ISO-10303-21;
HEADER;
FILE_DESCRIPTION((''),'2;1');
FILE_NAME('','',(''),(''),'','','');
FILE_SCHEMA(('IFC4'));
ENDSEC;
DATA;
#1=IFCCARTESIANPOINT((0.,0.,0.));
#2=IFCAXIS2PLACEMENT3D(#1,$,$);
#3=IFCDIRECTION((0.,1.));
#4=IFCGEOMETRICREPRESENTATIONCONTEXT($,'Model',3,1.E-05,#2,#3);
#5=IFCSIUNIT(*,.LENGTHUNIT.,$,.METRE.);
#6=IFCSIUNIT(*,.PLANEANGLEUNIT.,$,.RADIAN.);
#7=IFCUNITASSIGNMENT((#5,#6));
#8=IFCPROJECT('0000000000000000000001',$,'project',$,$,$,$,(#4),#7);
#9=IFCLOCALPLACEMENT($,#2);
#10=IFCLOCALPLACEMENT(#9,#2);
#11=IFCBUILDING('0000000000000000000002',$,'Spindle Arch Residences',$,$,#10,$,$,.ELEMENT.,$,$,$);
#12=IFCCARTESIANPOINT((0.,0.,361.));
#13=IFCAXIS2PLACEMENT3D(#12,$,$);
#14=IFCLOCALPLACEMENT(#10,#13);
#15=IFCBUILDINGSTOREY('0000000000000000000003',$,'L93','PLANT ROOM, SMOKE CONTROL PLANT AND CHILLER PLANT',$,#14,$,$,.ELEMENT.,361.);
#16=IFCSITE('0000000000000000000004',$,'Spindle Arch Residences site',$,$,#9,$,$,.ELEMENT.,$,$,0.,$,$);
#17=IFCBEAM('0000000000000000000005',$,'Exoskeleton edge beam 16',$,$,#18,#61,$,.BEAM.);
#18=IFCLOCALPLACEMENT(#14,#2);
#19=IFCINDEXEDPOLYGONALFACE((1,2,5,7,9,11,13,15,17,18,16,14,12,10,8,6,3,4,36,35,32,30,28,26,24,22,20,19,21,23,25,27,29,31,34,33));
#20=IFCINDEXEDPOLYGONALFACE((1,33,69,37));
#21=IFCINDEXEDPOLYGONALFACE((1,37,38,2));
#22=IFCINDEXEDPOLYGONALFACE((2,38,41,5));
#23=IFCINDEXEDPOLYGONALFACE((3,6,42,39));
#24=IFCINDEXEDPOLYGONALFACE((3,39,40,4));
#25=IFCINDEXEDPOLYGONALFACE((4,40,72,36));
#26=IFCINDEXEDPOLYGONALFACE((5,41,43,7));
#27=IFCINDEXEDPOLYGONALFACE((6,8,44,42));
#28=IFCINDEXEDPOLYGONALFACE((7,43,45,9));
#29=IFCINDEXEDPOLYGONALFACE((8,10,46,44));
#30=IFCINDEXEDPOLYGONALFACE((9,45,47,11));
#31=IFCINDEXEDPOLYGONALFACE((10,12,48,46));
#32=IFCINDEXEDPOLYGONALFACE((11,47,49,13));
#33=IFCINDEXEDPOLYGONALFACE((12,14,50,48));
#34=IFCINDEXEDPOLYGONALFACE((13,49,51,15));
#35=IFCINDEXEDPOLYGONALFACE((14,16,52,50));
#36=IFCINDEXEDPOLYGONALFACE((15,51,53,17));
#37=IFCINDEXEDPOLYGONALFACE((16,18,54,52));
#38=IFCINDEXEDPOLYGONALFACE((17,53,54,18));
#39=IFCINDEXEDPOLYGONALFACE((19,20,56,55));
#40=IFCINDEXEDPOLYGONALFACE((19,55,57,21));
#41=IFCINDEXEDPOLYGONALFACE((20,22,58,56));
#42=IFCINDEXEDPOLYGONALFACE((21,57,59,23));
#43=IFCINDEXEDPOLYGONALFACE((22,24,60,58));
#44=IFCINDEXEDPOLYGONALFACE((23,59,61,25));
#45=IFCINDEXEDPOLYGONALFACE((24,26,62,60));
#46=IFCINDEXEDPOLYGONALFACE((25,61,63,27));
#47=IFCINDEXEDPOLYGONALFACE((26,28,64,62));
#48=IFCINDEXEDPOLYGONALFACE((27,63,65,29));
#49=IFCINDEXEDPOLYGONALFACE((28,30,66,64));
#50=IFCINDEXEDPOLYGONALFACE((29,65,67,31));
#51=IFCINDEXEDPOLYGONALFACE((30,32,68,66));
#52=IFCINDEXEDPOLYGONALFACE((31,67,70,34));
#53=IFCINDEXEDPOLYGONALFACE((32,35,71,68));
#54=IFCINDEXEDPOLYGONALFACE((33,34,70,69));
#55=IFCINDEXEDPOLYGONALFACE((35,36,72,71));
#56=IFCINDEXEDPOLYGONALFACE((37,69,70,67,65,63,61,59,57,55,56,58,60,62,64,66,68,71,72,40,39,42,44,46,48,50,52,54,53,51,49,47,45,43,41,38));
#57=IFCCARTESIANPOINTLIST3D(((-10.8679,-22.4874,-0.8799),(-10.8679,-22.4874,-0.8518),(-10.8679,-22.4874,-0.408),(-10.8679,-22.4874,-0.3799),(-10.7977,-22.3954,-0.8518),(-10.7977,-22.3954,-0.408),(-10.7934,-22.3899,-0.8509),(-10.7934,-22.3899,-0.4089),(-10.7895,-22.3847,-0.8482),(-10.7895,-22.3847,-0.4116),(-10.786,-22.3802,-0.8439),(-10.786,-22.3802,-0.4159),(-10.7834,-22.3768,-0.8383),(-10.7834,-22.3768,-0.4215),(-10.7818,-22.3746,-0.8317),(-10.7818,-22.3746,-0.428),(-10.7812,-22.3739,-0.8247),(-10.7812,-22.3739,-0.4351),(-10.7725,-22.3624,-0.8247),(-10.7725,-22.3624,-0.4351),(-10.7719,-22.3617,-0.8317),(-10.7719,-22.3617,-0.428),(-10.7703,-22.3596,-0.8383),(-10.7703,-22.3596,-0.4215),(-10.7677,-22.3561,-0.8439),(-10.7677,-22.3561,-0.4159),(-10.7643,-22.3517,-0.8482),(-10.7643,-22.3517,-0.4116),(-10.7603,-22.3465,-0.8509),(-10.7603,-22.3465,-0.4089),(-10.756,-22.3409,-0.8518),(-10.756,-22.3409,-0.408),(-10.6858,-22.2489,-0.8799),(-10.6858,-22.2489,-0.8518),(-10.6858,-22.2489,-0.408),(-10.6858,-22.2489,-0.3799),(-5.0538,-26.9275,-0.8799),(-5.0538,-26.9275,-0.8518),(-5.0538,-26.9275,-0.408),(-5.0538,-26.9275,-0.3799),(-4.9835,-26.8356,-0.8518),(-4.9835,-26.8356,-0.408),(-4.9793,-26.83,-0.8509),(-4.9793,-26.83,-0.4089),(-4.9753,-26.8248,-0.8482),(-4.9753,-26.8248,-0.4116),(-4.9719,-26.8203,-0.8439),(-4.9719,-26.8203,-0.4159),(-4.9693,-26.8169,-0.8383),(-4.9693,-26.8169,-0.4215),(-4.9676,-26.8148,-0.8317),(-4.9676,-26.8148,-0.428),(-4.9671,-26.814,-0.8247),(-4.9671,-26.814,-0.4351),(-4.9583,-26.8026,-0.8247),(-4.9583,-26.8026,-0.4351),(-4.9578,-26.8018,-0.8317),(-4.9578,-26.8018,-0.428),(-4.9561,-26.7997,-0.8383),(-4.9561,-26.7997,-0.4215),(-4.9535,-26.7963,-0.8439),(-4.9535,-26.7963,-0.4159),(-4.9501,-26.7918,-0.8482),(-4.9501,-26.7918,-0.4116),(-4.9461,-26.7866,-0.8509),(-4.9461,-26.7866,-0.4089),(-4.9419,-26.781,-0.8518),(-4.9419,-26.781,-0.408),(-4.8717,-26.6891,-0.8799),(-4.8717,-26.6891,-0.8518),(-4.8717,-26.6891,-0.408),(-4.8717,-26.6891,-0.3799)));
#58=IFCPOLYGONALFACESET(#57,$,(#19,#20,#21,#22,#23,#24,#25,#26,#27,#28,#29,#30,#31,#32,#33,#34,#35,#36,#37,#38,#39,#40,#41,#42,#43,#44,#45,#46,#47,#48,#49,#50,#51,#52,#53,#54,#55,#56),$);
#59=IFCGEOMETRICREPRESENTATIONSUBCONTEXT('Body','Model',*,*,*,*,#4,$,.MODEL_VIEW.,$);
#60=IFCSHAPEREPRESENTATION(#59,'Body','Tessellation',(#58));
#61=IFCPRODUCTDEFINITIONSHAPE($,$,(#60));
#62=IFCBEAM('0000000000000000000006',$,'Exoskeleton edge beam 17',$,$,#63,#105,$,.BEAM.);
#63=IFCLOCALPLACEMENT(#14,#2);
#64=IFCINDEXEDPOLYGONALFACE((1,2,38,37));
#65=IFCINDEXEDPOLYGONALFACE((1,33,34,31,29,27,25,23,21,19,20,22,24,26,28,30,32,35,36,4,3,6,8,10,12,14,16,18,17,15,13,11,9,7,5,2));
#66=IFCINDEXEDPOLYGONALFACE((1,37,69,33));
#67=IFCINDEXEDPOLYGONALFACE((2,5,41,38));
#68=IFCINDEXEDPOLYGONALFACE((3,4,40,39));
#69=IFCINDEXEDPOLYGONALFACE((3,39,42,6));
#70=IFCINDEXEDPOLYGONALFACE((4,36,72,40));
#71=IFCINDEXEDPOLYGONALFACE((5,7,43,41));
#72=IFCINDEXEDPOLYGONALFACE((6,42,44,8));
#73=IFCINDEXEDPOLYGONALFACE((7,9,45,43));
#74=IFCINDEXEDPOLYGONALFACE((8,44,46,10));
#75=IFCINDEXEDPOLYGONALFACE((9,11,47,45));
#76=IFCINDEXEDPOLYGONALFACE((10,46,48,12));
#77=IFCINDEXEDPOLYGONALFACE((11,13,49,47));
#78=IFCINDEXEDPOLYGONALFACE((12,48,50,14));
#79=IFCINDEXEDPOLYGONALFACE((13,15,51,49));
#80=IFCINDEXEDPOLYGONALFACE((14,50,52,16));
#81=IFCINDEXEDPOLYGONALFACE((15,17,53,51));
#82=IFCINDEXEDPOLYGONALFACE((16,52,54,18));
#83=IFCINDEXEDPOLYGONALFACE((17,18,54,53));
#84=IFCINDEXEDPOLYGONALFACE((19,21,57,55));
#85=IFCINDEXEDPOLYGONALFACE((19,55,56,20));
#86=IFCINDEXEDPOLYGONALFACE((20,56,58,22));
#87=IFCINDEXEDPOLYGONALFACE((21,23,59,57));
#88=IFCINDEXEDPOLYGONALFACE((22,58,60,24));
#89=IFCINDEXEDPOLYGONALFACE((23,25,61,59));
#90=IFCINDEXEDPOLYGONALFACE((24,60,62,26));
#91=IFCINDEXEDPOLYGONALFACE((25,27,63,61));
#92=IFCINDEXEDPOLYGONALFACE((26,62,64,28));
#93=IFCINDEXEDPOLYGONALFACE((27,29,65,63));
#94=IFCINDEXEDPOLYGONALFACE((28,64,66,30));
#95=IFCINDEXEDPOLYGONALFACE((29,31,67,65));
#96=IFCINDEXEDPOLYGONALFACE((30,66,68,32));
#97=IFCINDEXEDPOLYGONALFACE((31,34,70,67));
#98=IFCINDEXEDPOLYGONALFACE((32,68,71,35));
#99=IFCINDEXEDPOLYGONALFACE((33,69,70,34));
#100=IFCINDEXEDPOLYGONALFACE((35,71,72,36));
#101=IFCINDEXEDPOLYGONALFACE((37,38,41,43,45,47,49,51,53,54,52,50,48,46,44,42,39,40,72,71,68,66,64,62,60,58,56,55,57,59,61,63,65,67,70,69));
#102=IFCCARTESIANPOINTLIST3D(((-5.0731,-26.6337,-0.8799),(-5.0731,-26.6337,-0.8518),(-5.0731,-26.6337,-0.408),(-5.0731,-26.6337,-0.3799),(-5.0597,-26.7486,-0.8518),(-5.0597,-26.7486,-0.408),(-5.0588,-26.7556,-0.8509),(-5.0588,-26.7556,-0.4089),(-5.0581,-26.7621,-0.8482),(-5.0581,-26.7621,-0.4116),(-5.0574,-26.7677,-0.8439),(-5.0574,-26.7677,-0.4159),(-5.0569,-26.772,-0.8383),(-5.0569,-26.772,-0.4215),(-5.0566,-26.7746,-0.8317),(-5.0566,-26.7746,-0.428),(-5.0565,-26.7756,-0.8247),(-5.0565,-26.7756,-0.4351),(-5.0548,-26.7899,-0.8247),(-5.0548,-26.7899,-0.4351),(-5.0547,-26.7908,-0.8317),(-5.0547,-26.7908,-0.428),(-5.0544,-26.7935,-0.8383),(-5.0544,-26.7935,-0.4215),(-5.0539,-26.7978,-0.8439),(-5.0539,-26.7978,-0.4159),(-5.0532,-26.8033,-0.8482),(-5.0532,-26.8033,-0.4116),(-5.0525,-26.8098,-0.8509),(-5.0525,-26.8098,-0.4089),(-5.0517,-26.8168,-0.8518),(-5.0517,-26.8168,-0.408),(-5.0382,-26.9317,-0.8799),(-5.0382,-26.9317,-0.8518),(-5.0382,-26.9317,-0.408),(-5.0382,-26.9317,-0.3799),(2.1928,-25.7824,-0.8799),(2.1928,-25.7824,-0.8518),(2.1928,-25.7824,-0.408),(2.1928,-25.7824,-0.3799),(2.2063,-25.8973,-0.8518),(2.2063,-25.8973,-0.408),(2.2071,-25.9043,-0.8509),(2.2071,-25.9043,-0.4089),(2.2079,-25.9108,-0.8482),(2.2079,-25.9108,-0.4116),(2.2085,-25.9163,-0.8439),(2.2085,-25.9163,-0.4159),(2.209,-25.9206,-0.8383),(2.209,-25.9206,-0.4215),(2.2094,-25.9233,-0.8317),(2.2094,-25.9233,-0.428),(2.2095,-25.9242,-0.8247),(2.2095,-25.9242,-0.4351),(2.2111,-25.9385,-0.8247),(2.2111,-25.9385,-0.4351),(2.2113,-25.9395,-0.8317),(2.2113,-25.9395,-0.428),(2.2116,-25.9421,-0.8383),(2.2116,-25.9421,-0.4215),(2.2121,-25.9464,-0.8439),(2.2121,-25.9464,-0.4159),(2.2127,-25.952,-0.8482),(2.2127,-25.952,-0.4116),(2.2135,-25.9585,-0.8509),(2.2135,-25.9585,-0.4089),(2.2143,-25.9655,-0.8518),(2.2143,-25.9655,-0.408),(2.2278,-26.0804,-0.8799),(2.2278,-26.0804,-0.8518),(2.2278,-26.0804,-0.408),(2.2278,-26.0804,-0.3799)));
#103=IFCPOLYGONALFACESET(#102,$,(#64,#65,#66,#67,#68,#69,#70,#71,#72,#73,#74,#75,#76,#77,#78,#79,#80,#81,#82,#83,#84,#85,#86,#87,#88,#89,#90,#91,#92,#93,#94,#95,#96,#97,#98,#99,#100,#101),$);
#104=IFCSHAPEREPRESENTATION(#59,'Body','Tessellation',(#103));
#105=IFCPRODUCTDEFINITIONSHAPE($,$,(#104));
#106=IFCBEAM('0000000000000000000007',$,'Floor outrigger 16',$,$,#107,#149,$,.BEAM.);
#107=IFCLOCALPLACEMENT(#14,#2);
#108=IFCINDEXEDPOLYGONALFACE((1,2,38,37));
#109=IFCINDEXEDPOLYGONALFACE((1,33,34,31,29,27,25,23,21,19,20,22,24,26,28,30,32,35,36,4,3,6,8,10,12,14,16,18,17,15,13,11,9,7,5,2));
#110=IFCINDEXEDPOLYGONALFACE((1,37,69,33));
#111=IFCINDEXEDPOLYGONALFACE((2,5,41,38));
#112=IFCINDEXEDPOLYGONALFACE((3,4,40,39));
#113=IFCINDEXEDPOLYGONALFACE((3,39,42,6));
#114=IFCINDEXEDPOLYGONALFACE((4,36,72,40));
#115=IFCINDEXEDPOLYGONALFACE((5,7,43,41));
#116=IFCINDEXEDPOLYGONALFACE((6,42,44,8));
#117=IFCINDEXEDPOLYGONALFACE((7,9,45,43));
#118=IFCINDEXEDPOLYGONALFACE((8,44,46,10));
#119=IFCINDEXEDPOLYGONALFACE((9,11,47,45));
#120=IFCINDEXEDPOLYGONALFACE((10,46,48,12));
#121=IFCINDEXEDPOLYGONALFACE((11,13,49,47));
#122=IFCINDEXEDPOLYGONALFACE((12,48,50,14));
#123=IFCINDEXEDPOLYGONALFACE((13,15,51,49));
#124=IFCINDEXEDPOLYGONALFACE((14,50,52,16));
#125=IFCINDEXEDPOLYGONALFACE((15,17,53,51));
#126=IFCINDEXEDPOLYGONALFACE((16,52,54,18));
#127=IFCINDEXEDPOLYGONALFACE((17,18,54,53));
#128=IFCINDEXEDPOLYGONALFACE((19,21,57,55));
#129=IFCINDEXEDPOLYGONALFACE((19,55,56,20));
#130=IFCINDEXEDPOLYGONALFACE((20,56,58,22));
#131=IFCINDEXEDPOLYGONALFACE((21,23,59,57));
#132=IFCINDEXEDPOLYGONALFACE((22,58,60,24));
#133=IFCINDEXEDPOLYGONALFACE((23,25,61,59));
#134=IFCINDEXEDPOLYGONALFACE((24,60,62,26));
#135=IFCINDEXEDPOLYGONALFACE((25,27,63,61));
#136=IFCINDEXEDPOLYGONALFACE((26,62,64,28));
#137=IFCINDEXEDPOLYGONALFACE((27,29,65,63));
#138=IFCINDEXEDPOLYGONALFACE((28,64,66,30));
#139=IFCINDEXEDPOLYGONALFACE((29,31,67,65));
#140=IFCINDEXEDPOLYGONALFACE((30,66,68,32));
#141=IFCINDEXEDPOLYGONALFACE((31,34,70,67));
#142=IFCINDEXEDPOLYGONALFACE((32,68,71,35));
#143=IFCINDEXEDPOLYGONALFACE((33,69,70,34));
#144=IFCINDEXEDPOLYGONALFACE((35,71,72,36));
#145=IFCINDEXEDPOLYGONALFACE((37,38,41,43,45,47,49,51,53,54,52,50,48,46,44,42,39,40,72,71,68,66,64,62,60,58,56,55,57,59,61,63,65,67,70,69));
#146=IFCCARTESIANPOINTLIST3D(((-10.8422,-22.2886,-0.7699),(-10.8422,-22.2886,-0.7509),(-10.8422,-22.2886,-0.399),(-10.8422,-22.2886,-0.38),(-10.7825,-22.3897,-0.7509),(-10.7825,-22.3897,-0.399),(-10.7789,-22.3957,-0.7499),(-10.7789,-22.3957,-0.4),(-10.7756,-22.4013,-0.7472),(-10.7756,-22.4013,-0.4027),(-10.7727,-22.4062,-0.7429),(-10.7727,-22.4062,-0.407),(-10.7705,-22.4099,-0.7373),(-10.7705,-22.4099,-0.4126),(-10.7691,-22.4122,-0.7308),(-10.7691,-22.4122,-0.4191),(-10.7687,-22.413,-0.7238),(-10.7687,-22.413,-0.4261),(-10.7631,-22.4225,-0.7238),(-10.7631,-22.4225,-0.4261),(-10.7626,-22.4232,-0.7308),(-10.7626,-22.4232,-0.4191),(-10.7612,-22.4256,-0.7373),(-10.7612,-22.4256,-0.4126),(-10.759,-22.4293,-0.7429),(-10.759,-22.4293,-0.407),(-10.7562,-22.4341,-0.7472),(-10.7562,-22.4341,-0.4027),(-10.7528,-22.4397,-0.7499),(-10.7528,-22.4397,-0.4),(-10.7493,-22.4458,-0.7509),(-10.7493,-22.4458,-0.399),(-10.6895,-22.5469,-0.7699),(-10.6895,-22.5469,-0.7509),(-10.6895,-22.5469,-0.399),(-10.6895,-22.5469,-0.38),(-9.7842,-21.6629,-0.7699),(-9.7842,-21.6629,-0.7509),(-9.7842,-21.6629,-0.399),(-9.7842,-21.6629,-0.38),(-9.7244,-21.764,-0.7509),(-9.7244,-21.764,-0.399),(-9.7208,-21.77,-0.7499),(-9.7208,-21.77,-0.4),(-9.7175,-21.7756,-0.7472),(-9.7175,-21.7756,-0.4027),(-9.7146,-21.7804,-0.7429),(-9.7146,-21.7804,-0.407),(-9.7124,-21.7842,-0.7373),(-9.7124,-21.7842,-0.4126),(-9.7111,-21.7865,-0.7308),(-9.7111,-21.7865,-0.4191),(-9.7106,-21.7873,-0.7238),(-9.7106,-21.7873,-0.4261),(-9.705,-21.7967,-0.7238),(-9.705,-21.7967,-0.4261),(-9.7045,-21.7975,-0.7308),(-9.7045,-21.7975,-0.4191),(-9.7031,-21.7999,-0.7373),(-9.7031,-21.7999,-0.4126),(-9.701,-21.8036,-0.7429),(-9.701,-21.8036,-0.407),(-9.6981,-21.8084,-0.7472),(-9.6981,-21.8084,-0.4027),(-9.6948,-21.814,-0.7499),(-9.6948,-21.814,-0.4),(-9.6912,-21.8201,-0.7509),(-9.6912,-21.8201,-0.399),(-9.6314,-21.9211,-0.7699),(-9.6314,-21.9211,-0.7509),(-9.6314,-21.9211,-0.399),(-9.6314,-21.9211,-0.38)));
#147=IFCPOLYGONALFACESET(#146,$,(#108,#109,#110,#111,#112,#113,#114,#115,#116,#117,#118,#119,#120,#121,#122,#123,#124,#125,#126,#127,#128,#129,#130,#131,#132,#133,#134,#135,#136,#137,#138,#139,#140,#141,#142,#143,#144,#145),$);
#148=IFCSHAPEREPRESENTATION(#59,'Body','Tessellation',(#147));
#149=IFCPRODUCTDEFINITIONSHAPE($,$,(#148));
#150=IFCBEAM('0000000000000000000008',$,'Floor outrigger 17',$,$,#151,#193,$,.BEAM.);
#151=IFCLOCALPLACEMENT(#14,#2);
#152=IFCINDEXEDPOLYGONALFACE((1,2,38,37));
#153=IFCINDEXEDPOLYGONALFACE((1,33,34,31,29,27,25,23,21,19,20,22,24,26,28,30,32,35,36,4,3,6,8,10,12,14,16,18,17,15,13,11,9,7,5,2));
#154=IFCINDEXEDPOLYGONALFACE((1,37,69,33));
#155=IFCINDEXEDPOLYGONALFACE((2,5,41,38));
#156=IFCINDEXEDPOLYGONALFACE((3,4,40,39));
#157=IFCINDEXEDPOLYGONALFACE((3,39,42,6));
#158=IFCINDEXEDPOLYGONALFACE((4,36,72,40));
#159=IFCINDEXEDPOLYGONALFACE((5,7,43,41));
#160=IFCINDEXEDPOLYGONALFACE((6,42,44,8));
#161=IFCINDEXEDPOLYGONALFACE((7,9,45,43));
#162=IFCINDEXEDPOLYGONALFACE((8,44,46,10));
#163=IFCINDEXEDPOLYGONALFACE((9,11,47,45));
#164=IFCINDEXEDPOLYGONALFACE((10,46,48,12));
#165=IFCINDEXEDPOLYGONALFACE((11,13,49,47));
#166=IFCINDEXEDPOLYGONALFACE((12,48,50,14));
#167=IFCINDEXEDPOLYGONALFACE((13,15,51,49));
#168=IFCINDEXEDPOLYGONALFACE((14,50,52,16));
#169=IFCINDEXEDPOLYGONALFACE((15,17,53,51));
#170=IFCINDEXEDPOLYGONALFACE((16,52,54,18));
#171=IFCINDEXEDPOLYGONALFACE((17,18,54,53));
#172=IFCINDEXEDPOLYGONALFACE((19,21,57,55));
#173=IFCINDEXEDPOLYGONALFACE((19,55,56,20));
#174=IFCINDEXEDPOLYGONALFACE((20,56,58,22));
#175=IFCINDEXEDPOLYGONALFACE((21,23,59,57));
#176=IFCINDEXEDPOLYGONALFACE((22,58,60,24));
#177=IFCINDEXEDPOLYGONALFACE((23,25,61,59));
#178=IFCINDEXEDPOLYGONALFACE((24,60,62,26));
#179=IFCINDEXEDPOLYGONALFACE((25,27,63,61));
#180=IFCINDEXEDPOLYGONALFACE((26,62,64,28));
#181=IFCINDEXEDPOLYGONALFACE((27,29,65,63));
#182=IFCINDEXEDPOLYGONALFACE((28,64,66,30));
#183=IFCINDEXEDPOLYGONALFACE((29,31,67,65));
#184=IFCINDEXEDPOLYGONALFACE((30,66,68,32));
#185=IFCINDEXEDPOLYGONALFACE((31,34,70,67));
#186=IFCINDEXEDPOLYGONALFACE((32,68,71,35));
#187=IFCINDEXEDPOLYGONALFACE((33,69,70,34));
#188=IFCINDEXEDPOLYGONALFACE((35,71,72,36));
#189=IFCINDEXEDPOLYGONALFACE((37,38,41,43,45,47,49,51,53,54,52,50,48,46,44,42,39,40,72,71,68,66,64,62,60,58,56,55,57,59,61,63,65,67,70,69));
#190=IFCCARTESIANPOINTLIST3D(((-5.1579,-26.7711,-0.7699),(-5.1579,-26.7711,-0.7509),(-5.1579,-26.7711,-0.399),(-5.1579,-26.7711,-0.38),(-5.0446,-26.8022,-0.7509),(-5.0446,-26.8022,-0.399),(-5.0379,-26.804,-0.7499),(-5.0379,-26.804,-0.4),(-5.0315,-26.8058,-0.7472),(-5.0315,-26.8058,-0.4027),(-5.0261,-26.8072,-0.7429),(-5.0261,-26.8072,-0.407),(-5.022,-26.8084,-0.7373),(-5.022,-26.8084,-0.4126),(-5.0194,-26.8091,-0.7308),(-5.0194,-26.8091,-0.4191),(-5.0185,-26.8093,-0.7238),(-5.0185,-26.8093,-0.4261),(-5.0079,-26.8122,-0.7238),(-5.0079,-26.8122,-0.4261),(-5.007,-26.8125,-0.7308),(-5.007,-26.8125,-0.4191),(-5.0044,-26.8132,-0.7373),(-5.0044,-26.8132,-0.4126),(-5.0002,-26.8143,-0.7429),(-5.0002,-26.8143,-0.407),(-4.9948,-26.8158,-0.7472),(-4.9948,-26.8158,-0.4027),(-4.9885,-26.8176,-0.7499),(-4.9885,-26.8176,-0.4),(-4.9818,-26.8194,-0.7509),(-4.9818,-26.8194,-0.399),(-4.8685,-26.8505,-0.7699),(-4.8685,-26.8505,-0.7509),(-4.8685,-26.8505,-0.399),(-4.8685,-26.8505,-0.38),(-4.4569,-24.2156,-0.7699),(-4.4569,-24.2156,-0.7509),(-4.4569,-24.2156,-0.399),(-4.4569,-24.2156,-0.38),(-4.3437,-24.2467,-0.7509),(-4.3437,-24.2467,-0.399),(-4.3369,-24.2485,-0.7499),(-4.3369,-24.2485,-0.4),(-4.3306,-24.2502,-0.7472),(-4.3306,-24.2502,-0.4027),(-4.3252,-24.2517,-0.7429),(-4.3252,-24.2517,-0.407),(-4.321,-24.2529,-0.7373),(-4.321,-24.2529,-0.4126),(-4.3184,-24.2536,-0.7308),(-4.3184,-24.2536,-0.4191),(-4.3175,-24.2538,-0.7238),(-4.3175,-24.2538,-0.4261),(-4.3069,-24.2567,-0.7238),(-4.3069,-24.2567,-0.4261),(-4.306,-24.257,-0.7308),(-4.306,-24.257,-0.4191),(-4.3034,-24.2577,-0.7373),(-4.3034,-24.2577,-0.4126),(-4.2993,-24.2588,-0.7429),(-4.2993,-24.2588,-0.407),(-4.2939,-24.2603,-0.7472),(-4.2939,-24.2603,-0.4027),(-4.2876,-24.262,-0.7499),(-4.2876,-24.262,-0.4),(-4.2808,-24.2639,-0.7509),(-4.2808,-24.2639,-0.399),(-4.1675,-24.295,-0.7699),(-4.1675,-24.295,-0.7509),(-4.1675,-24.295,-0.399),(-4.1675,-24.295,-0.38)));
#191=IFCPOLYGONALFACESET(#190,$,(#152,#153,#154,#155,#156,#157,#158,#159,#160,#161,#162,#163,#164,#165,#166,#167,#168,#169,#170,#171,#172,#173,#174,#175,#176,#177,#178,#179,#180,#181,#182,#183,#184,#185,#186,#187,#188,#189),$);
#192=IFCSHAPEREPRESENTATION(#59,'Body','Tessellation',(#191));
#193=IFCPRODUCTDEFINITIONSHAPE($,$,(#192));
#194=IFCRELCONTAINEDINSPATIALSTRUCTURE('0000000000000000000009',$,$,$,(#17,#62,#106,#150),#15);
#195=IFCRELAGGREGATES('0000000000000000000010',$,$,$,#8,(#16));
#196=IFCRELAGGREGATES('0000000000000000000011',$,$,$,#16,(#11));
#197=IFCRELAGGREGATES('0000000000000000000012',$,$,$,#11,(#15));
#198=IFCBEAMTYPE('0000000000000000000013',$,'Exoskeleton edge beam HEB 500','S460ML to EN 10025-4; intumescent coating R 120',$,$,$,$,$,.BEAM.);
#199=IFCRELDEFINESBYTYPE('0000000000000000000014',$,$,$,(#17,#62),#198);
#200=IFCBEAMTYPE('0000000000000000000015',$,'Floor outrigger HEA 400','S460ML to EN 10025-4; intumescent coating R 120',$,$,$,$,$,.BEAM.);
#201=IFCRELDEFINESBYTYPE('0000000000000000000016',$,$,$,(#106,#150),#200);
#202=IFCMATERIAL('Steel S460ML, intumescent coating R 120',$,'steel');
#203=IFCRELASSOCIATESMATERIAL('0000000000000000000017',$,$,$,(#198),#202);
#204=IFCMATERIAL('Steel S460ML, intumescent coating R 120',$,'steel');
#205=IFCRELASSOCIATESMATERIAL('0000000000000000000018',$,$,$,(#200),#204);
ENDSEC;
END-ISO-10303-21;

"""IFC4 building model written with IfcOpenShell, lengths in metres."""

from ifc_helpers import new_model, si_unit, direction, frame, origin, origin_2d, place, context, subcontext, project, spatial, i_section, extrude, material, material_profile, profile_set, type_object, element, save


model = new_model("IFC4")

# Units and contexts
model_context = context("Model", 3, precision=1e-05, world=origin(), true_north=direction((0.0, 1.0)))
body_context = subcontext(model_context, "Body", "Model", "MODEL_VIEW")
ifc_project = project(units=[si_unit("LENGTHUNIT", "METRE"), si_unit("PLANEANGLEUNIT", "RADIAN")], contexts=[model_context])

# Site, building, storey
site_placement = place(None, origin())
site = spatial("IfcSite", under=ifc_project, at=site_placement, Name="Spindle Arch Residences site", CompositionType="ELEMENT", RefElevation=0.0)
building_placement = place(site_placement, origin())
building = spatial("IfcBuilding", under=site, at=building_placement, Name="Spindle Arch Residences", CompositionType="ELEMENT")
storey_placement = place(building_placement, frame((0.0, 0.0, 361.0)))
storey = spatial("IfcBuildingStorey", under=building, at=storey_placement, Name="L93", Description="PLANT ROOM, SMOKE CONTROL PLANT AND CHILLER PLANT", CompositionType="ELEMENT", Elevation=361.0)

# Beams
ifc_material_1 = material(Name="Steel S460ML, intumescent coating R 120", Category="steel")
ifc_material_profile_1 = material_profile(ifc_material_1, i_section(OverallWidth=0.3, OverallDepth=0.5, WebThickness=0.0144, FlangeThickness=0.0281, FilletRadius=0.0271, at=origin_2d()), Name="HEB 500")
ifc_profile_set_1 = profile_set([ifc_material_profile_1], Name="Steel S460ML, intumescent coating R 120")
beam_type_1 = type_object("IfcBeamType", Name="Exoskeleton edge beam HEB 500", Description="S460ML to EN 10025-4; intumescent coating R 120", PredefinedType="BEAM", material=ifc_profile_set_1)
for number, where, z_axis, x_axis, name in (
    (1, (-10.7769, -22.3682, -0.6299), (0.794752, -0.606935, 0.0), (0.606935, 0.794752, 0.0), "Exoskeleton edge beam 16"),
    (2, (-5.0557, -26.7827, -0.6299), (0.993206, 0.116371, 0.0), (-0.116371, 0.993206, 0.0), "Exoskeleton edge beam 17"),
):
    element("IfcBeam", number, at=place(storey_placement, frame(where, z_axis=z_axis, x_axis=x_axis)), inside=storey, type_object=beam_type_1, Name=name, PredefinedType="BEAM", context=body_context, shape_type="SweptSolid", body=[
        extrude(i_section(OverallWidth=0.3, OverallDepth=0.5, WebThickness=0.0144, FlangeThickness=0.0281, FilletRadius=0.0271, at=origin_2d()), origin(), (0.0, 0.0, 1.0), 7.3157),
    ])
ifc_material_2 = material(Name="Steel S460ML, intumescent coating R 120", Category="steel")
ifc_material_profile_2 = material_profile(ifc_material_2, i_section(OverallWidth=0.3, OverallDepth=0.3899, WebThickness=0.011, FlangeThickness=0.019, FilletRadius=0.0271, at=origin_2d()), Name="HEA 400")
ifc_profile_set_2 = profile_set([ifc_material_profile_2], Name="Steel S460ML, intumescent coating R 120")
beam_type_2 = type_object("IfcBeamType", Name="Floor outrigger HEA 400", Description="S460ML to EN 10025-4; intumescent coating R 120", PredefinedType="BEAM", material=ifc_profile_set_2)
beam_1_placement = place(storey_placement, frame((-10.7659, -22.4177, -0.575), z_axis=(0.860753, 0.509024, 0.0), x_axis=(-0.509024, 0.860753, 0.0)))
element("IfcBeam", 3, at=beam_1_placement, inside=storey, type_object=beam_type_2, Name="Floor outrigger 16", PredefinedType="BEAM", context=body_context, shape_type="SweptSolid", body=[
    extrude(i_section(OverallWidth=0.3, OverallDepth=0.3899, WebThickness=0.011, FlangeThickness=0.019, FilletRadius=0.0271, at=origin_2d()), origin(), (0.0, 0.0, 1.0), 1.2292),
])
beam_2_placement = place(storey_placement, frame((-5.0132, -26.8108, -0.575), z_axis=(0.26452, 0.96438, 0.0), x_axis=(-0.96438, 0.26452, 0.0)))
element("IfcBeam", 4, at=beam_2_placement, inside=storey, type_object=beam_type_2, Name="Floor outrigger 17", PredefinedType="BEAM", context=body_context, shape_type="SweptSolid", body=[
    extrude(i_section(OverallWidth=0.3, OverallDepth=0.3899, WebThickness=0.011, FlangeThickness=0.019, FilletRadius=0.0271, at=origin_2d()), origin(), (0.0, 0.0, 1.0), 2.6499),
])

save(model, "model.ifc")
